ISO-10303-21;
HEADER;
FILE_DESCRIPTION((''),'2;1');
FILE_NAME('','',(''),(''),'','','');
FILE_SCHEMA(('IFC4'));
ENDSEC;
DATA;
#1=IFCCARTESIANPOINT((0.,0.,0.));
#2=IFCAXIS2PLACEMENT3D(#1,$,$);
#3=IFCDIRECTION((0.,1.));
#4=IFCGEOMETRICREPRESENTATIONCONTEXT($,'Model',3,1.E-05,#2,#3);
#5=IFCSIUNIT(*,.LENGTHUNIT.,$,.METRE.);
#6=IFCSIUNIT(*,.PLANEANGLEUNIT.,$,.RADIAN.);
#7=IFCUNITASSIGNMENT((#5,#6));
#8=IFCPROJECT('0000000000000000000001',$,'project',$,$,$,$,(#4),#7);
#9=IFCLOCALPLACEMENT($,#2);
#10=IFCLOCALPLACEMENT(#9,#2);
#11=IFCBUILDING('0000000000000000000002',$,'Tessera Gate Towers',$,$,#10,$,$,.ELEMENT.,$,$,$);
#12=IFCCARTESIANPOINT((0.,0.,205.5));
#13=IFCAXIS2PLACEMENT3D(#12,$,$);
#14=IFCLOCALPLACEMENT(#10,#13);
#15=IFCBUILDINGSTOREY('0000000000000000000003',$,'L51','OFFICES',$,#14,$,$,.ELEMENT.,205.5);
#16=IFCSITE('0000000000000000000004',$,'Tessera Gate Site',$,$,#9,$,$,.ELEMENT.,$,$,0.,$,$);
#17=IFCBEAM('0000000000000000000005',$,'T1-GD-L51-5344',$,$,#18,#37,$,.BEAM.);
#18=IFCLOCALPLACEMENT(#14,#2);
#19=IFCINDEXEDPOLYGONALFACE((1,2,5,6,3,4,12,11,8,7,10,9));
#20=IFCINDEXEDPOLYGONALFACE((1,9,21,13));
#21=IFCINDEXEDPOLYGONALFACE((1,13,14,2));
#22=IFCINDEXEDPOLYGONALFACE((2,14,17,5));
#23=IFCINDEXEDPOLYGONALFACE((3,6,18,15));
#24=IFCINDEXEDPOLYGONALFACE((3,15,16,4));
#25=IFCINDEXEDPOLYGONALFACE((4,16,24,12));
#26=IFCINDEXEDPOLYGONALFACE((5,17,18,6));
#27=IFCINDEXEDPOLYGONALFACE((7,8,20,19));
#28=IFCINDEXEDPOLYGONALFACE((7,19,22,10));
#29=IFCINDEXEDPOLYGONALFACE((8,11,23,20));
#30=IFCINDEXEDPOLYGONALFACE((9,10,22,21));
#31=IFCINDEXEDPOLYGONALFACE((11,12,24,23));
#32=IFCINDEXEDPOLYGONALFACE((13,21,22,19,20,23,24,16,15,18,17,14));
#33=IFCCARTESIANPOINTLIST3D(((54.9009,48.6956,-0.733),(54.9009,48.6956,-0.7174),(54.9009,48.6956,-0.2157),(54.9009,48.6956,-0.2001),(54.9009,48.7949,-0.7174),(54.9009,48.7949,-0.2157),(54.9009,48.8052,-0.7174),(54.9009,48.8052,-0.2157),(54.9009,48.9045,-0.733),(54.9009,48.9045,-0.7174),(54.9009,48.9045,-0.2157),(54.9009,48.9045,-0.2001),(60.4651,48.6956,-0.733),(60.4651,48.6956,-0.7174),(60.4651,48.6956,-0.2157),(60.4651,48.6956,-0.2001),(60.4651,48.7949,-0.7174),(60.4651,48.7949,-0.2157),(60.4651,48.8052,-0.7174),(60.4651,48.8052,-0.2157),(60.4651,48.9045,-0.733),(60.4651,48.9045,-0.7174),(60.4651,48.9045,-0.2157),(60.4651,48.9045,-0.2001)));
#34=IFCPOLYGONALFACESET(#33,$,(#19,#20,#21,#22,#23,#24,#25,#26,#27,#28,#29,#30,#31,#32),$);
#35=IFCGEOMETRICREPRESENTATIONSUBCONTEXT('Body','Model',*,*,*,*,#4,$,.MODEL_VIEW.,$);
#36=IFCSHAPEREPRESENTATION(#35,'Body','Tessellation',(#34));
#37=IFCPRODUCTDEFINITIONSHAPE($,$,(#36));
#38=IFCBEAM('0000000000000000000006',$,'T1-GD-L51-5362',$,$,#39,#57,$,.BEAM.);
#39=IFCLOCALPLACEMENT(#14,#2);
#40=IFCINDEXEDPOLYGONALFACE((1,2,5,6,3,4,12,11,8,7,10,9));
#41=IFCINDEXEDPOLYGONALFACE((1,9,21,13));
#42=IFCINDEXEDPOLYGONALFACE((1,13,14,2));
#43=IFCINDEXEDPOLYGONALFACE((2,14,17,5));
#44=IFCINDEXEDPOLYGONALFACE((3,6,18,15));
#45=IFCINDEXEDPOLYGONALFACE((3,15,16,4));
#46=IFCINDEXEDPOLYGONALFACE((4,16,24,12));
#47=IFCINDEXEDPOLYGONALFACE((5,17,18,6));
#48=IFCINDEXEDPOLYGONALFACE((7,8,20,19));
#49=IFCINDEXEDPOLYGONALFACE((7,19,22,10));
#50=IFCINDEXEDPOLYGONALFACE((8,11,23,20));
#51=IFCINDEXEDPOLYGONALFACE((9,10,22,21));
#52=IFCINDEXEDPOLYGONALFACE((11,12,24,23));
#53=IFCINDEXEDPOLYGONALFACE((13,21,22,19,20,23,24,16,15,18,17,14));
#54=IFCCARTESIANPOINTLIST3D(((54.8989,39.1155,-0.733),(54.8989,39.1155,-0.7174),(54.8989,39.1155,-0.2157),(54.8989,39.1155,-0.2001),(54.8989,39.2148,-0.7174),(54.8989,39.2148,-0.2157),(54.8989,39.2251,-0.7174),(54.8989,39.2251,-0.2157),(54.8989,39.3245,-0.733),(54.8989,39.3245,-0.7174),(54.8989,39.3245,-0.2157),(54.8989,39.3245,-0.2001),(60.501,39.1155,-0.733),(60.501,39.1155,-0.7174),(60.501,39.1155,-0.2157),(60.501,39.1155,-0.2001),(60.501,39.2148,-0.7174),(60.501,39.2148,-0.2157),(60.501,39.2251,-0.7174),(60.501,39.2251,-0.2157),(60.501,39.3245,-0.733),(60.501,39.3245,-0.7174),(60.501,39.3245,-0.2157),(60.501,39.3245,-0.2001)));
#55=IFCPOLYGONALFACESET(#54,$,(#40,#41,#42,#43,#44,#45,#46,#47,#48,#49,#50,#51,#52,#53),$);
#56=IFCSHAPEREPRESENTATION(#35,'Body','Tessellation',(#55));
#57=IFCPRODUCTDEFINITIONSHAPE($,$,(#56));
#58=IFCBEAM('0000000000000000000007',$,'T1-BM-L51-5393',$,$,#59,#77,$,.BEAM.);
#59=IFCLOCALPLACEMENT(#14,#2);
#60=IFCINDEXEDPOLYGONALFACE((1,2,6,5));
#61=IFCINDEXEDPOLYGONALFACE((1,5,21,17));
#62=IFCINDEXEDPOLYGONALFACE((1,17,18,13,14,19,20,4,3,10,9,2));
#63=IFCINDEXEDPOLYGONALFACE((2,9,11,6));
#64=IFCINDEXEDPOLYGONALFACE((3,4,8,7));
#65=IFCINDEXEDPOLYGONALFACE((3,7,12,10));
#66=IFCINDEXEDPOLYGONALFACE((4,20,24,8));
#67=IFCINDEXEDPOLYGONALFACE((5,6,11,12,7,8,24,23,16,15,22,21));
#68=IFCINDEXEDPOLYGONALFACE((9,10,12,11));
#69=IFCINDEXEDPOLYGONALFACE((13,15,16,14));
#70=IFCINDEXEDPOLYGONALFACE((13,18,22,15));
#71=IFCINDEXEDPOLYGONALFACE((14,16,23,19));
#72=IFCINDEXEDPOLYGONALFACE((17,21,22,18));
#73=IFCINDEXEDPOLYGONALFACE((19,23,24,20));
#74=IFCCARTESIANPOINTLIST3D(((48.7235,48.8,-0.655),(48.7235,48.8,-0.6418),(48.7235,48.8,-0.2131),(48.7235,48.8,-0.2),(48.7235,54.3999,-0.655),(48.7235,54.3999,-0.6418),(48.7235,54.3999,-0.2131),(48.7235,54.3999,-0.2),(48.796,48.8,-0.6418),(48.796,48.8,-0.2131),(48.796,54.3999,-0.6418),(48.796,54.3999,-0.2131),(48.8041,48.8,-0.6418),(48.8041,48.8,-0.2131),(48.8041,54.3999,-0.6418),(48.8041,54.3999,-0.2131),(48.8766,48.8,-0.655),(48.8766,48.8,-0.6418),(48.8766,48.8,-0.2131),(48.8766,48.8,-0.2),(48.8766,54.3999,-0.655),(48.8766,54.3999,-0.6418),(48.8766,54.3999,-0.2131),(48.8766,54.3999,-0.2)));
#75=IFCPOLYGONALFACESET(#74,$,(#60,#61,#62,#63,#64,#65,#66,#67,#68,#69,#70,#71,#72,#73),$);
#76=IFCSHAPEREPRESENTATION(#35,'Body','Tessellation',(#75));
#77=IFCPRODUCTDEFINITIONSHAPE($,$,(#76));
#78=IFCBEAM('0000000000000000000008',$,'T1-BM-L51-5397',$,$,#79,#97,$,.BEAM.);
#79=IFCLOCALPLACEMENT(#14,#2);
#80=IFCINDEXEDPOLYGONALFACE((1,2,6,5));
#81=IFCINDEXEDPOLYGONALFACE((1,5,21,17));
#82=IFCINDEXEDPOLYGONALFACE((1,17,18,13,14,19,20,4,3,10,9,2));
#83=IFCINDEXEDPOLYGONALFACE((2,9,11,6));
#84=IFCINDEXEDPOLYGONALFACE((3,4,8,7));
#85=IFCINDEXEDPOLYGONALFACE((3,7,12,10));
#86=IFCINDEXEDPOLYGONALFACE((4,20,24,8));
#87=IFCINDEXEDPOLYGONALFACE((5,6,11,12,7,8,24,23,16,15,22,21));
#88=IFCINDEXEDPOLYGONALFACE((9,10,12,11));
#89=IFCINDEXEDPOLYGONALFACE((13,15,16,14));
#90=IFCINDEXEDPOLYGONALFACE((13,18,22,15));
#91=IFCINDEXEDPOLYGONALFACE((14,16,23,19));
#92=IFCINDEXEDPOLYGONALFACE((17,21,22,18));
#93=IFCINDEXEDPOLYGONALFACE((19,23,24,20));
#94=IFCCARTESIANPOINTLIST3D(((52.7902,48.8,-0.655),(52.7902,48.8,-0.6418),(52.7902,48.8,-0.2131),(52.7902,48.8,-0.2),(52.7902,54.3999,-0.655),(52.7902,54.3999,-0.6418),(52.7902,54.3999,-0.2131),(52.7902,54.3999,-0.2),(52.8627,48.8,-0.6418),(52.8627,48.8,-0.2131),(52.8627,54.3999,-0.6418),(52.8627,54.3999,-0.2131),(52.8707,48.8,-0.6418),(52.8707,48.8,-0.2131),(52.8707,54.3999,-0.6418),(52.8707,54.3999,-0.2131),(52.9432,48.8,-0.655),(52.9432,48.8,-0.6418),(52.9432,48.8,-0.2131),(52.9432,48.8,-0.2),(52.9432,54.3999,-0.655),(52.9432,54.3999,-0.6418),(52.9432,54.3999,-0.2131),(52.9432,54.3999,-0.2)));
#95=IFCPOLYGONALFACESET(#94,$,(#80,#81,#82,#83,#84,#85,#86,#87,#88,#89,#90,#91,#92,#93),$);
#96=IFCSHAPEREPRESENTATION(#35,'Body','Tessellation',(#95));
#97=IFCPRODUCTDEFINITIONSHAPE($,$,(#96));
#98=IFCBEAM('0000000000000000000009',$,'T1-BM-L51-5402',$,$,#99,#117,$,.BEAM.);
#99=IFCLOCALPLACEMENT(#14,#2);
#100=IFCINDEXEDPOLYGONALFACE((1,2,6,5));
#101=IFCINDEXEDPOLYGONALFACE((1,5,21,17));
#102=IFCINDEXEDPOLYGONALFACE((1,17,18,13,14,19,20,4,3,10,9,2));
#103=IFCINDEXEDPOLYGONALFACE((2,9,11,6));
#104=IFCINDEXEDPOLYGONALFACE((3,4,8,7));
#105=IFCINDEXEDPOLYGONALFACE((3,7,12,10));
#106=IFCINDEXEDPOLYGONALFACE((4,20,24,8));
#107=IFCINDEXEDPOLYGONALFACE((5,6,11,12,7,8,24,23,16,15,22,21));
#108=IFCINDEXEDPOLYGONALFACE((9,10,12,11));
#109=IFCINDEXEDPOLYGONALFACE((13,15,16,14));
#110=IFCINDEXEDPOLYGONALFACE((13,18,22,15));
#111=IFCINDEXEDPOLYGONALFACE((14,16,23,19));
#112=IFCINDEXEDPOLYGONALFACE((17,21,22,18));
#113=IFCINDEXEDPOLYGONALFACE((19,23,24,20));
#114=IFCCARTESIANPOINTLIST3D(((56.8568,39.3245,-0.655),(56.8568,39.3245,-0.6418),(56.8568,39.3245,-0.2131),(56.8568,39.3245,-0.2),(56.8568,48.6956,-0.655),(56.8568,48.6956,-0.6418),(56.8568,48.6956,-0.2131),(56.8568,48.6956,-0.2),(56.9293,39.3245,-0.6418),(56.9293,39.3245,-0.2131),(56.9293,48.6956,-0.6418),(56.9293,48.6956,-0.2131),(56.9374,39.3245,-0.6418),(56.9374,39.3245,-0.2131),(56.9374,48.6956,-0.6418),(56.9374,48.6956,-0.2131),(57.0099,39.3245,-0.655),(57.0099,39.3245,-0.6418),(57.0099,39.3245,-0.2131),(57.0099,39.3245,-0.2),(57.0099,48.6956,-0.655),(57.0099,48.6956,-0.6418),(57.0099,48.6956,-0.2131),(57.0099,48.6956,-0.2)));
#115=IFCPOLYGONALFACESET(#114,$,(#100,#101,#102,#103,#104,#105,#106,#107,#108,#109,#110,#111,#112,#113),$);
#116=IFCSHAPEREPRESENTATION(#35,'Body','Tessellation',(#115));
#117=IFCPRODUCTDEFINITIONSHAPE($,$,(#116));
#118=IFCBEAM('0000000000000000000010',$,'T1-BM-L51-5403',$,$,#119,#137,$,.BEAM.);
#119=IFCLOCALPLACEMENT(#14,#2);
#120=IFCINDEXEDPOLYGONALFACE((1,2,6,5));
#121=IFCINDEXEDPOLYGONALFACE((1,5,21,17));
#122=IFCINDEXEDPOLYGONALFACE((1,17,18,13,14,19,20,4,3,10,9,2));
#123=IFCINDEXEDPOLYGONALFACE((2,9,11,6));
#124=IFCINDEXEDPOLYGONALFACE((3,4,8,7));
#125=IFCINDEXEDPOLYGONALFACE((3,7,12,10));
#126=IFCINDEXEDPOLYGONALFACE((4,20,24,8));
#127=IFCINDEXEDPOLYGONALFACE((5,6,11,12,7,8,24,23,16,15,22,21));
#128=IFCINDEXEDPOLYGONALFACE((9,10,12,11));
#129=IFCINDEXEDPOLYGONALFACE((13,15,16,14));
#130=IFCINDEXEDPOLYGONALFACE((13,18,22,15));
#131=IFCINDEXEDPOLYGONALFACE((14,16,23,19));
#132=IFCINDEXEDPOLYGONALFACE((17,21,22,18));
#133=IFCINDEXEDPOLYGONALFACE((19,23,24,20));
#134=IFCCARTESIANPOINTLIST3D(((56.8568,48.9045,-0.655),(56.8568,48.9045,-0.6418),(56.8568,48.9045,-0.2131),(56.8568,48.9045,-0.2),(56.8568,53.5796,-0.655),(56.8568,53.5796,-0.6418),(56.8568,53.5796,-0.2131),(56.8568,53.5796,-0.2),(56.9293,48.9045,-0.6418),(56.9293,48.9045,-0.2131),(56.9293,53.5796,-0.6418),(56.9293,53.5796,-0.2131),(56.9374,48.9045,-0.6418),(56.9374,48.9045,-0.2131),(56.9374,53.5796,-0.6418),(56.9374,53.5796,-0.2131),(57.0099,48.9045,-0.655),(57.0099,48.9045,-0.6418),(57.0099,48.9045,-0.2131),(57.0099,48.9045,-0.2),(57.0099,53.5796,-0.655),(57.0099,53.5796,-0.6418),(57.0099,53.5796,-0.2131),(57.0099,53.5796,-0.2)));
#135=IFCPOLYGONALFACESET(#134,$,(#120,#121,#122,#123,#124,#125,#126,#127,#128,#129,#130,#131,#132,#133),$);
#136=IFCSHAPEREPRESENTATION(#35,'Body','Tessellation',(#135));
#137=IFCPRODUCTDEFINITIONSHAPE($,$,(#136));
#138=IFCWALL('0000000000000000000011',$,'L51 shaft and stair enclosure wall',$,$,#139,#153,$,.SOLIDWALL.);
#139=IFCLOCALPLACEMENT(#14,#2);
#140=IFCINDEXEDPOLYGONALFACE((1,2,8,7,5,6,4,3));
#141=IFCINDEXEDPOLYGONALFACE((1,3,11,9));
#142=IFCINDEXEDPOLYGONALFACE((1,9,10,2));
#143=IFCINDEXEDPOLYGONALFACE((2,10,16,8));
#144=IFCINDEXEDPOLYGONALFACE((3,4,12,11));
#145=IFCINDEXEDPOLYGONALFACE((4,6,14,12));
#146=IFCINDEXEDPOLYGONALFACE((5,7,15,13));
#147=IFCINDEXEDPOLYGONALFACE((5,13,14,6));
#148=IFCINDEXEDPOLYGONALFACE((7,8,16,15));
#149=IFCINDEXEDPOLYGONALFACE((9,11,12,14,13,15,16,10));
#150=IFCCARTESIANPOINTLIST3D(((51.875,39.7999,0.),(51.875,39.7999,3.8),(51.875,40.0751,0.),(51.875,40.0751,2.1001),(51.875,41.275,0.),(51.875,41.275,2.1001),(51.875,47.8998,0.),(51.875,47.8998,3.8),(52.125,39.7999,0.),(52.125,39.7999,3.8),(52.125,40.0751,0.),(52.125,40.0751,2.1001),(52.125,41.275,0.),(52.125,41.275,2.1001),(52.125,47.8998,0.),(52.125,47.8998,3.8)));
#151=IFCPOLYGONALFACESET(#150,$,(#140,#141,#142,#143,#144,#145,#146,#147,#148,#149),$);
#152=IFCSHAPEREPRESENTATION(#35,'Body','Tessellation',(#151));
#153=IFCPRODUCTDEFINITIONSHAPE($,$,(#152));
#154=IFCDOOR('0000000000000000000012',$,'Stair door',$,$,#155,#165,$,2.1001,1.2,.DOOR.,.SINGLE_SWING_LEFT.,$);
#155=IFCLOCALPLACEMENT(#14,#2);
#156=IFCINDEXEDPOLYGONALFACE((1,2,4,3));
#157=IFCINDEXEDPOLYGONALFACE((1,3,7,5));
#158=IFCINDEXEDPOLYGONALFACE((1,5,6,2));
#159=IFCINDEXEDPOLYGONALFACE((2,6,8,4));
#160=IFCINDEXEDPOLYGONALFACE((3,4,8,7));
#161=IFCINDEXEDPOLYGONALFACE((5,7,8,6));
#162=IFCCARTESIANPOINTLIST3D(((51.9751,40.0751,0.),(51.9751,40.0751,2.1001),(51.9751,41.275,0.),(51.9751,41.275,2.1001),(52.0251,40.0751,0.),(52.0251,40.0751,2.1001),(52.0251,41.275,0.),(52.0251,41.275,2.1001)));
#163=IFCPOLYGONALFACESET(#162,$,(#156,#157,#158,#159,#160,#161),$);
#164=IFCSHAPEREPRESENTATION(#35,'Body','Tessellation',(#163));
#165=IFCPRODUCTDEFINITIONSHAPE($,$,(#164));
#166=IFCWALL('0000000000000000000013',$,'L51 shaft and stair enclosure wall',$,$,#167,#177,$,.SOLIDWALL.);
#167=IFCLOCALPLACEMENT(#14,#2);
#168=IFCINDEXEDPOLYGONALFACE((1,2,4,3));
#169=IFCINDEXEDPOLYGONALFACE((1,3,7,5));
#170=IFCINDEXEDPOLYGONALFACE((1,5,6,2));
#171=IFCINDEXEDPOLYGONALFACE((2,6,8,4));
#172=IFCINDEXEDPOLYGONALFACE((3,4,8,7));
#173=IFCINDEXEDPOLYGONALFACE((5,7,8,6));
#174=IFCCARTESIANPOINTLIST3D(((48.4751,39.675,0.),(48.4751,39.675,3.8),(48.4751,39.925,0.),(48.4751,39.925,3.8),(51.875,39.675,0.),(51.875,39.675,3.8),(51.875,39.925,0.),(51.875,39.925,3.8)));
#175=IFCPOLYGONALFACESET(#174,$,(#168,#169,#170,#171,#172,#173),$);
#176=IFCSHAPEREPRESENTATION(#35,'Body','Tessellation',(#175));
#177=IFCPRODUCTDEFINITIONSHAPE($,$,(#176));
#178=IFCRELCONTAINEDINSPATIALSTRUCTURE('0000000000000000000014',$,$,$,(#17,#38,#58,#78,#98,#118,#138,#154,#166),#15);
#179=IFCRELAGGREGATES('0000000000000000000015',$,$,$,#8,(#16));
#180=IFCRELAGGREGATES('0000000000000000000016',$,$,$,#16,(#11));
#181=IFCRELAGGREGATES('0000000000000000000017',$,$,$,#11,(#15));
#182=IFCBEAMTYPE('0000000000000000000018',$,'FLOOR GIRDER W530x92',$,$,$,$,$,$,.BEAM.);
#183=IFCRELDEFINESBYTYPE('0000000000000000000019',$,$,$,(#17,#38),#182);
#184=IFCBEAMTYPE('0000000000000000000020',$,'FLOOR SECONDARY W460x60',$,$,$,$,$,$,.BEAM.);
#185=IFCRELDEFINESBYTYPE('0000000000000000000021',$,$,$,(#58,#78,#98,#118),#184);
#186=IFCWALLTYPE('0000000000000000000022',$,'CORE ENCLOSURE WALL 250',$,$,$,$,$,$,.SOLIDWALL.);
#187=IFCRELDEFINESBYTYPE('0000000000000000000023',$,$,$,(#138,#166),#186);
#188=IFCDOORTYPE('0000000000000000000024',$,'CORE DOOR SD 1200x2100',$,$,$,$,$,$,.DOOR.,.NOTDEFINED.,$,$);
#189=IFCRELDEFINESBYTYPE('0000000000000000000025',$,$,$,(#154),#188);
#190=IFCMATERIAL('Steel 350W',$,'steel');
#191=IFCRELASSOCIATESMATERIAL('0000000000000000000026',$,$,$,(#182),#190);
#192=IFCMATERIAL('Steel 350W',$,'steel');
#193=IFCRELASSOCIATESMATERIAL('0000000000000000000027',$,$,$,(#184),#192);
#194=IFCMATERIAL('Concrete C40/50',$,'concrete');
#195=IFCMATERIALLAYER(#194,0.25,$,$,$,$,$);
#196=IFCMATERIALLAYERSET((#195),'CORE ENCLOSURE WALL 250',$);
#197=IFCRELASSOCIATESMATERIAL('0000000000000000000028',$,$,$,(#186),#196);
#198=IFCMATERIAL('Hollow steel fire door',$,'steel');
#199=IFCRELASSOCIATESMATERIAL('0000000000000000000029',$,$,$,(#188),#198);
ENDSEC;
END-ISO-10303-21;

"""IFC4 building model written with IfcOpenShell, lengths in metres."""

from ifc_helpers import new_model, si_unit, direction, frame, frame_2d, origin, origin_2d, place, context, subcontext, project, spatial, rectangle, i_section, extrude, source, transform, mapped, material, layer, layer_set, material_profile, profile_set, type_object, element, fill, save


model = new_model("IFC4")

# Units and contexts
model_context = context("Model", 3, precision=1e-05, world=origin(), true_north=direction((0.0, 1.0)))
body_context = subcontext(model_context, "Body", "Model", "MODEL_VIEW")
ifc_project = project(units=[si_unit("LENGTHUNIT", "METRE"), si_unit("PLANEANGLEUNIT", "RADIAN")], contexts=[model_context])

# Site, building, storey
site_placement = place(None, origin())
site = spatial("IfcSite", under=ifc_project, at=site_placement, Name="Tessera Gate Site", CompositionType="ELEMENT", RefElevation=0.0)
building_placement = place(site_placement, origin())
building = spatial("IfcBuilding", under=site, at=building_placement, Name="Tessera Gate Towers", CompositionType="ELEMENT")
storey_placement = place(building_placement, frame((0.0, 0.0, 205.5)))
storey = spatial("IfcBuildingStorey", under=building, at=storey_placement, Name="L51", Description="OFFICES", CompositionType="ELEMENT", Elevation=205.5)

# Beams
ifc_material_1 = material(Name="Steel 350W", Category="steel")
ifc_material_profile_1 = material_profile(ifc_material_1, i_section(OverallWidth=0.209, OverallDepth=0.533, WebThickness=0.0103, FlangeThickness=0.0156, at=origin_2d()), Name="W530x92")
ifc_profile_set_1 = profile_set([ifc_material_profile_1], Name="Steel 350W")
beam_type_1 = type_object("IfcBeamType", Name="FLOOR GIRDER W530x92", PredefinedType="BEAM", material=ifc_profile_set_1)
beam_1_placement = place(storey_placement, frame((54.9009, 48.8, -0.4666), z_axis=(1.0, 0.0, 0.0), x_axis=(0.0, 1.0, 0.0)))
element("IfcBeam", 1, at=beam_1_placement, inside=storey, type_object=beam_type_1, Name="T1-GD-L51-5344", PredefinedType="BEAM", context=body_context, shape_type="SweptSolid", body=[
    extrude(i_section(OverallWidth=0.209, OverallDepth=0.533, WebThickness=0.0103, FlangeThickness=0.0156, at=origin_2d()), origin(), (0.0, 0.0, 1.0), 5.5642),
])
beam_2_placement = place(storey_placement, frame((54.8989, 39.22, -0.4666), z_axis=(1.0, 0.0, 0.0), x_axis=(0.0, 1.0, 0.0)))
element("IfcBeam", 2, at=beam_2_placement, inside=storey, type_object=beam_type_1, Name="T1-GD-L51-5362", PredefinedType="BEAM", context=body_context, shape_type="SweptSolid", body=[
    extrude(i_section(OverallWidth=0.209, OverallDepth=0.533, WebThickness=0.0103, FlangeThickness=0.0156, at=origin_2d()), origin(), (0.0, 0.0, 1.0), 5.6021),
])
ifc_material_2 = material(Name="Steel 350W", Category="steel")
ifc_material_profile_2 = material_profile(ifc_material_2, i_section(OverallWidth=0.1531, OverallDepth=0.4551, WebThickness=0.0081, FlangeThickness=0.0132, at=origin_2d()), Name="W460x60")
ifc_profile_set_2 = profile_set([ifc_material_profile_2], Name="Steel 350W")
beam_type_2 = type_object("IfcBeamType", Name="FLOOR SECONDARY W460x60", PredefinedType="BEAM", material=ifc_profile_set_2)
for number, where, z_axis, x_axis, name in (
    (3, (48.8, 48.8, -0.4275), (0.0, 1.0, 0.0), (-1.0, 0.0, 0.0), "T1-BM-L51-5393"),
    (4, (52.8667, 48.8, -0.4275), (0.0, 1.0, 0.0), (-1.0, 0.0, 0.0), "T1-BM-L51-5397"),
):
    element("IfcBeam", number, at=place(storey_placement, frame(where, z_axis=z_axis, x_axis=x_axis)), inside=storey, type_object=beam_type_2, Name=name, PredefinedType="BEAM", context=body_context, shape_type="SweptSolid", body=[
        extrude(i_section(OverallWidth=0.1531, OverallDepth=0.4551, WebThickness=0.0081, FlangeThickness=0.0132, at=origin_2d()), origin(), (0.0, 0.0, 1.0), 5.5999),
    ])
beam_3_placement = place(storey_placement, frame((56.9333, 39.3245, -0.4275), z_axis=(0.0, 1.0, 0.0), x_axis=(-1.0, 0.0, 0.0)))
element("IfcBeam", 5, at=beam_3_placement, inside=storey, type_object=beam_type_2, Name="T1-BM-L51-5402", PredefinedType="BEAM", context=body_context, shape_type="SweptSolid", body=[
    extrude(i_section(OverallWidth=0.1531, OverallDepth=0.4551, WebThickness=0.0081, FlangeThickness=0.0132, at=origin_2d()), origin(), (0.0, 0.0, 1.0), 9.3711),
])
beam_4_placement = place(storey_placement, frame((56.9333, 48.9045, -0.4275), z_axis=(0.0, 1.0, 0.0), x_axis=(-1.0, 0.0, 0.0)))
element("IfcBeam", 6, at=beam_4_placement, inside=storey, type_object=beam_type_2, Name="T1-BM-L51-5403", PredefinedType="BEAM", context=body_context, shape_type="SweptSolid", body=[
    extrude(i_section(OverallWidth=0.1531, OverallDepth=0.4551, WebThickness=0.0081, FlangeThickness=0.0132, at=origin_2d()), origin(), (0.0, 0.0, 1.0), 4.675),
])

# Wall, opening, door
ifc_material_3 = material(Name="Concrete C40/50", Category="concrete")
ifc_layer_1 = layer(ifc_material_3, 0.25)
ifc_layer_set_1 = layer_set([ifc_layer_1], Name="CORE ENCLOSURE WALL 250")
wall_type_1 = type_object("IfcWallType", Name="CORE ENCLOSURE WALL 250", PredefinedType="SOLIDWALL", material=ifc_layer_set_1)
wall_1_placement = place(storey_placement, frame((52.0, 39.8, 0.0), z_axis=(0.0, 0.0, 1.0), x_axis=(0.0, 1.0, 0.0)))
wall_1 = element("IfcWall", 7, at=wall_1_placement, inside=storey, type_object=wall_type_1, Name="L51 shaft and stair enclosure wall", PredefinedType="SOLIDWALL", context=body_context, shape_type="SweptSolid", body=[
    extrude(rectangle(XDim=8.0999, YDim=0.25, at=frame_2d((4.0498, 0.0))), origin(), (0.0, 0.0, 1.0), 3.8),
])
shared_shape_1 = source(origin(), body_context, "Body", "SweptSolid", [
    extrude(rectangle(XDim=1.2, YDim=2.1001, at=frame_2d((0.6001, 1.05))), frame((0.0, 0.135, 0.0), z_axis=(0.0, -1.0, 0.0), x_axis=(1.0, 0.0, 0.0)), (0.0, 0.0, 1.0), 0.27),
])
opening_1_placement = place(wall_1_placement, frame((0.2749, 0.0, 0.0)))
opening_1 = element("IfcOpeningElement", 8, at=opening_1_placement, cuts=wall_1, PredefinedType="OPENING", context=body_context, shape_type="MappedRepresentation", body=[
    mapped(shared_shape_1, transform((0.0, 0.0, 0.0), scale=1.0)),
])
ifc_material_4 = material(Name="Hollow steel fire door", Category="steel")
door_type_1 = type_object("IfcDoorType", Name="CORE DOOR SD 1200x2100", OperationType="NOTDEFINED", PredefinedType="DOOR", material=ifc_material_4)
shared_shape_2 = source(origin(), body_context, "Body", "SweptSolid", [
    extrude(rectangle(XDim=1.2, YDim=2.1001, at=frame_2d((0.6001, 1.05))), frame((0.0, 0.0249, 0.0), z_axis=(0.0, -1.0, 0.0), x_axis=(1.0, 0.0, 0.0)), (0.0, 0.0, 1.0), 0.05),
])
door_1_placement = place(opening_1_placement, origin())
door_1 = element("IfcDoor", 9, at=door_1_placement, inside=storey, type_object=door_type_1, Name="Stair door", OperationType="SINGLE_SWING_LEFT", OverallHeight=2.1001, OverallWidth=1.2, PredefinedType="DOOR", context=body_context, shape_type="MappedRepresentation", body=[
    mapped(shared_shape_2, transform((0.0, 0.0, 0.0), scale=1.0)),
])
fill(opening_1, door_1)

# Wall
wall_2_placement = place(storey_placement, frame((48.4751, 39.8, 0.0), z_axis=(0.0, 0.0, 1.0), x_axis=(1.0, 0.0, 0.0)))
element("IfcWall", 10, at=wall_2_placement, inside=storey, type_object=wall_type_1, Name="L51 shaft and stair enclosure wall", PredefinedType="SOLIDWALL", context=body_context, shape_type="SweptSolid", body=[
    extrude(rectangle(XDim=3.3999, YDim=0.25, at=frame_2d((1.7, 0.0))), origin(), (0.0, 0.0, 1.0), 3.8),
])

save(model, "model.ifc")
